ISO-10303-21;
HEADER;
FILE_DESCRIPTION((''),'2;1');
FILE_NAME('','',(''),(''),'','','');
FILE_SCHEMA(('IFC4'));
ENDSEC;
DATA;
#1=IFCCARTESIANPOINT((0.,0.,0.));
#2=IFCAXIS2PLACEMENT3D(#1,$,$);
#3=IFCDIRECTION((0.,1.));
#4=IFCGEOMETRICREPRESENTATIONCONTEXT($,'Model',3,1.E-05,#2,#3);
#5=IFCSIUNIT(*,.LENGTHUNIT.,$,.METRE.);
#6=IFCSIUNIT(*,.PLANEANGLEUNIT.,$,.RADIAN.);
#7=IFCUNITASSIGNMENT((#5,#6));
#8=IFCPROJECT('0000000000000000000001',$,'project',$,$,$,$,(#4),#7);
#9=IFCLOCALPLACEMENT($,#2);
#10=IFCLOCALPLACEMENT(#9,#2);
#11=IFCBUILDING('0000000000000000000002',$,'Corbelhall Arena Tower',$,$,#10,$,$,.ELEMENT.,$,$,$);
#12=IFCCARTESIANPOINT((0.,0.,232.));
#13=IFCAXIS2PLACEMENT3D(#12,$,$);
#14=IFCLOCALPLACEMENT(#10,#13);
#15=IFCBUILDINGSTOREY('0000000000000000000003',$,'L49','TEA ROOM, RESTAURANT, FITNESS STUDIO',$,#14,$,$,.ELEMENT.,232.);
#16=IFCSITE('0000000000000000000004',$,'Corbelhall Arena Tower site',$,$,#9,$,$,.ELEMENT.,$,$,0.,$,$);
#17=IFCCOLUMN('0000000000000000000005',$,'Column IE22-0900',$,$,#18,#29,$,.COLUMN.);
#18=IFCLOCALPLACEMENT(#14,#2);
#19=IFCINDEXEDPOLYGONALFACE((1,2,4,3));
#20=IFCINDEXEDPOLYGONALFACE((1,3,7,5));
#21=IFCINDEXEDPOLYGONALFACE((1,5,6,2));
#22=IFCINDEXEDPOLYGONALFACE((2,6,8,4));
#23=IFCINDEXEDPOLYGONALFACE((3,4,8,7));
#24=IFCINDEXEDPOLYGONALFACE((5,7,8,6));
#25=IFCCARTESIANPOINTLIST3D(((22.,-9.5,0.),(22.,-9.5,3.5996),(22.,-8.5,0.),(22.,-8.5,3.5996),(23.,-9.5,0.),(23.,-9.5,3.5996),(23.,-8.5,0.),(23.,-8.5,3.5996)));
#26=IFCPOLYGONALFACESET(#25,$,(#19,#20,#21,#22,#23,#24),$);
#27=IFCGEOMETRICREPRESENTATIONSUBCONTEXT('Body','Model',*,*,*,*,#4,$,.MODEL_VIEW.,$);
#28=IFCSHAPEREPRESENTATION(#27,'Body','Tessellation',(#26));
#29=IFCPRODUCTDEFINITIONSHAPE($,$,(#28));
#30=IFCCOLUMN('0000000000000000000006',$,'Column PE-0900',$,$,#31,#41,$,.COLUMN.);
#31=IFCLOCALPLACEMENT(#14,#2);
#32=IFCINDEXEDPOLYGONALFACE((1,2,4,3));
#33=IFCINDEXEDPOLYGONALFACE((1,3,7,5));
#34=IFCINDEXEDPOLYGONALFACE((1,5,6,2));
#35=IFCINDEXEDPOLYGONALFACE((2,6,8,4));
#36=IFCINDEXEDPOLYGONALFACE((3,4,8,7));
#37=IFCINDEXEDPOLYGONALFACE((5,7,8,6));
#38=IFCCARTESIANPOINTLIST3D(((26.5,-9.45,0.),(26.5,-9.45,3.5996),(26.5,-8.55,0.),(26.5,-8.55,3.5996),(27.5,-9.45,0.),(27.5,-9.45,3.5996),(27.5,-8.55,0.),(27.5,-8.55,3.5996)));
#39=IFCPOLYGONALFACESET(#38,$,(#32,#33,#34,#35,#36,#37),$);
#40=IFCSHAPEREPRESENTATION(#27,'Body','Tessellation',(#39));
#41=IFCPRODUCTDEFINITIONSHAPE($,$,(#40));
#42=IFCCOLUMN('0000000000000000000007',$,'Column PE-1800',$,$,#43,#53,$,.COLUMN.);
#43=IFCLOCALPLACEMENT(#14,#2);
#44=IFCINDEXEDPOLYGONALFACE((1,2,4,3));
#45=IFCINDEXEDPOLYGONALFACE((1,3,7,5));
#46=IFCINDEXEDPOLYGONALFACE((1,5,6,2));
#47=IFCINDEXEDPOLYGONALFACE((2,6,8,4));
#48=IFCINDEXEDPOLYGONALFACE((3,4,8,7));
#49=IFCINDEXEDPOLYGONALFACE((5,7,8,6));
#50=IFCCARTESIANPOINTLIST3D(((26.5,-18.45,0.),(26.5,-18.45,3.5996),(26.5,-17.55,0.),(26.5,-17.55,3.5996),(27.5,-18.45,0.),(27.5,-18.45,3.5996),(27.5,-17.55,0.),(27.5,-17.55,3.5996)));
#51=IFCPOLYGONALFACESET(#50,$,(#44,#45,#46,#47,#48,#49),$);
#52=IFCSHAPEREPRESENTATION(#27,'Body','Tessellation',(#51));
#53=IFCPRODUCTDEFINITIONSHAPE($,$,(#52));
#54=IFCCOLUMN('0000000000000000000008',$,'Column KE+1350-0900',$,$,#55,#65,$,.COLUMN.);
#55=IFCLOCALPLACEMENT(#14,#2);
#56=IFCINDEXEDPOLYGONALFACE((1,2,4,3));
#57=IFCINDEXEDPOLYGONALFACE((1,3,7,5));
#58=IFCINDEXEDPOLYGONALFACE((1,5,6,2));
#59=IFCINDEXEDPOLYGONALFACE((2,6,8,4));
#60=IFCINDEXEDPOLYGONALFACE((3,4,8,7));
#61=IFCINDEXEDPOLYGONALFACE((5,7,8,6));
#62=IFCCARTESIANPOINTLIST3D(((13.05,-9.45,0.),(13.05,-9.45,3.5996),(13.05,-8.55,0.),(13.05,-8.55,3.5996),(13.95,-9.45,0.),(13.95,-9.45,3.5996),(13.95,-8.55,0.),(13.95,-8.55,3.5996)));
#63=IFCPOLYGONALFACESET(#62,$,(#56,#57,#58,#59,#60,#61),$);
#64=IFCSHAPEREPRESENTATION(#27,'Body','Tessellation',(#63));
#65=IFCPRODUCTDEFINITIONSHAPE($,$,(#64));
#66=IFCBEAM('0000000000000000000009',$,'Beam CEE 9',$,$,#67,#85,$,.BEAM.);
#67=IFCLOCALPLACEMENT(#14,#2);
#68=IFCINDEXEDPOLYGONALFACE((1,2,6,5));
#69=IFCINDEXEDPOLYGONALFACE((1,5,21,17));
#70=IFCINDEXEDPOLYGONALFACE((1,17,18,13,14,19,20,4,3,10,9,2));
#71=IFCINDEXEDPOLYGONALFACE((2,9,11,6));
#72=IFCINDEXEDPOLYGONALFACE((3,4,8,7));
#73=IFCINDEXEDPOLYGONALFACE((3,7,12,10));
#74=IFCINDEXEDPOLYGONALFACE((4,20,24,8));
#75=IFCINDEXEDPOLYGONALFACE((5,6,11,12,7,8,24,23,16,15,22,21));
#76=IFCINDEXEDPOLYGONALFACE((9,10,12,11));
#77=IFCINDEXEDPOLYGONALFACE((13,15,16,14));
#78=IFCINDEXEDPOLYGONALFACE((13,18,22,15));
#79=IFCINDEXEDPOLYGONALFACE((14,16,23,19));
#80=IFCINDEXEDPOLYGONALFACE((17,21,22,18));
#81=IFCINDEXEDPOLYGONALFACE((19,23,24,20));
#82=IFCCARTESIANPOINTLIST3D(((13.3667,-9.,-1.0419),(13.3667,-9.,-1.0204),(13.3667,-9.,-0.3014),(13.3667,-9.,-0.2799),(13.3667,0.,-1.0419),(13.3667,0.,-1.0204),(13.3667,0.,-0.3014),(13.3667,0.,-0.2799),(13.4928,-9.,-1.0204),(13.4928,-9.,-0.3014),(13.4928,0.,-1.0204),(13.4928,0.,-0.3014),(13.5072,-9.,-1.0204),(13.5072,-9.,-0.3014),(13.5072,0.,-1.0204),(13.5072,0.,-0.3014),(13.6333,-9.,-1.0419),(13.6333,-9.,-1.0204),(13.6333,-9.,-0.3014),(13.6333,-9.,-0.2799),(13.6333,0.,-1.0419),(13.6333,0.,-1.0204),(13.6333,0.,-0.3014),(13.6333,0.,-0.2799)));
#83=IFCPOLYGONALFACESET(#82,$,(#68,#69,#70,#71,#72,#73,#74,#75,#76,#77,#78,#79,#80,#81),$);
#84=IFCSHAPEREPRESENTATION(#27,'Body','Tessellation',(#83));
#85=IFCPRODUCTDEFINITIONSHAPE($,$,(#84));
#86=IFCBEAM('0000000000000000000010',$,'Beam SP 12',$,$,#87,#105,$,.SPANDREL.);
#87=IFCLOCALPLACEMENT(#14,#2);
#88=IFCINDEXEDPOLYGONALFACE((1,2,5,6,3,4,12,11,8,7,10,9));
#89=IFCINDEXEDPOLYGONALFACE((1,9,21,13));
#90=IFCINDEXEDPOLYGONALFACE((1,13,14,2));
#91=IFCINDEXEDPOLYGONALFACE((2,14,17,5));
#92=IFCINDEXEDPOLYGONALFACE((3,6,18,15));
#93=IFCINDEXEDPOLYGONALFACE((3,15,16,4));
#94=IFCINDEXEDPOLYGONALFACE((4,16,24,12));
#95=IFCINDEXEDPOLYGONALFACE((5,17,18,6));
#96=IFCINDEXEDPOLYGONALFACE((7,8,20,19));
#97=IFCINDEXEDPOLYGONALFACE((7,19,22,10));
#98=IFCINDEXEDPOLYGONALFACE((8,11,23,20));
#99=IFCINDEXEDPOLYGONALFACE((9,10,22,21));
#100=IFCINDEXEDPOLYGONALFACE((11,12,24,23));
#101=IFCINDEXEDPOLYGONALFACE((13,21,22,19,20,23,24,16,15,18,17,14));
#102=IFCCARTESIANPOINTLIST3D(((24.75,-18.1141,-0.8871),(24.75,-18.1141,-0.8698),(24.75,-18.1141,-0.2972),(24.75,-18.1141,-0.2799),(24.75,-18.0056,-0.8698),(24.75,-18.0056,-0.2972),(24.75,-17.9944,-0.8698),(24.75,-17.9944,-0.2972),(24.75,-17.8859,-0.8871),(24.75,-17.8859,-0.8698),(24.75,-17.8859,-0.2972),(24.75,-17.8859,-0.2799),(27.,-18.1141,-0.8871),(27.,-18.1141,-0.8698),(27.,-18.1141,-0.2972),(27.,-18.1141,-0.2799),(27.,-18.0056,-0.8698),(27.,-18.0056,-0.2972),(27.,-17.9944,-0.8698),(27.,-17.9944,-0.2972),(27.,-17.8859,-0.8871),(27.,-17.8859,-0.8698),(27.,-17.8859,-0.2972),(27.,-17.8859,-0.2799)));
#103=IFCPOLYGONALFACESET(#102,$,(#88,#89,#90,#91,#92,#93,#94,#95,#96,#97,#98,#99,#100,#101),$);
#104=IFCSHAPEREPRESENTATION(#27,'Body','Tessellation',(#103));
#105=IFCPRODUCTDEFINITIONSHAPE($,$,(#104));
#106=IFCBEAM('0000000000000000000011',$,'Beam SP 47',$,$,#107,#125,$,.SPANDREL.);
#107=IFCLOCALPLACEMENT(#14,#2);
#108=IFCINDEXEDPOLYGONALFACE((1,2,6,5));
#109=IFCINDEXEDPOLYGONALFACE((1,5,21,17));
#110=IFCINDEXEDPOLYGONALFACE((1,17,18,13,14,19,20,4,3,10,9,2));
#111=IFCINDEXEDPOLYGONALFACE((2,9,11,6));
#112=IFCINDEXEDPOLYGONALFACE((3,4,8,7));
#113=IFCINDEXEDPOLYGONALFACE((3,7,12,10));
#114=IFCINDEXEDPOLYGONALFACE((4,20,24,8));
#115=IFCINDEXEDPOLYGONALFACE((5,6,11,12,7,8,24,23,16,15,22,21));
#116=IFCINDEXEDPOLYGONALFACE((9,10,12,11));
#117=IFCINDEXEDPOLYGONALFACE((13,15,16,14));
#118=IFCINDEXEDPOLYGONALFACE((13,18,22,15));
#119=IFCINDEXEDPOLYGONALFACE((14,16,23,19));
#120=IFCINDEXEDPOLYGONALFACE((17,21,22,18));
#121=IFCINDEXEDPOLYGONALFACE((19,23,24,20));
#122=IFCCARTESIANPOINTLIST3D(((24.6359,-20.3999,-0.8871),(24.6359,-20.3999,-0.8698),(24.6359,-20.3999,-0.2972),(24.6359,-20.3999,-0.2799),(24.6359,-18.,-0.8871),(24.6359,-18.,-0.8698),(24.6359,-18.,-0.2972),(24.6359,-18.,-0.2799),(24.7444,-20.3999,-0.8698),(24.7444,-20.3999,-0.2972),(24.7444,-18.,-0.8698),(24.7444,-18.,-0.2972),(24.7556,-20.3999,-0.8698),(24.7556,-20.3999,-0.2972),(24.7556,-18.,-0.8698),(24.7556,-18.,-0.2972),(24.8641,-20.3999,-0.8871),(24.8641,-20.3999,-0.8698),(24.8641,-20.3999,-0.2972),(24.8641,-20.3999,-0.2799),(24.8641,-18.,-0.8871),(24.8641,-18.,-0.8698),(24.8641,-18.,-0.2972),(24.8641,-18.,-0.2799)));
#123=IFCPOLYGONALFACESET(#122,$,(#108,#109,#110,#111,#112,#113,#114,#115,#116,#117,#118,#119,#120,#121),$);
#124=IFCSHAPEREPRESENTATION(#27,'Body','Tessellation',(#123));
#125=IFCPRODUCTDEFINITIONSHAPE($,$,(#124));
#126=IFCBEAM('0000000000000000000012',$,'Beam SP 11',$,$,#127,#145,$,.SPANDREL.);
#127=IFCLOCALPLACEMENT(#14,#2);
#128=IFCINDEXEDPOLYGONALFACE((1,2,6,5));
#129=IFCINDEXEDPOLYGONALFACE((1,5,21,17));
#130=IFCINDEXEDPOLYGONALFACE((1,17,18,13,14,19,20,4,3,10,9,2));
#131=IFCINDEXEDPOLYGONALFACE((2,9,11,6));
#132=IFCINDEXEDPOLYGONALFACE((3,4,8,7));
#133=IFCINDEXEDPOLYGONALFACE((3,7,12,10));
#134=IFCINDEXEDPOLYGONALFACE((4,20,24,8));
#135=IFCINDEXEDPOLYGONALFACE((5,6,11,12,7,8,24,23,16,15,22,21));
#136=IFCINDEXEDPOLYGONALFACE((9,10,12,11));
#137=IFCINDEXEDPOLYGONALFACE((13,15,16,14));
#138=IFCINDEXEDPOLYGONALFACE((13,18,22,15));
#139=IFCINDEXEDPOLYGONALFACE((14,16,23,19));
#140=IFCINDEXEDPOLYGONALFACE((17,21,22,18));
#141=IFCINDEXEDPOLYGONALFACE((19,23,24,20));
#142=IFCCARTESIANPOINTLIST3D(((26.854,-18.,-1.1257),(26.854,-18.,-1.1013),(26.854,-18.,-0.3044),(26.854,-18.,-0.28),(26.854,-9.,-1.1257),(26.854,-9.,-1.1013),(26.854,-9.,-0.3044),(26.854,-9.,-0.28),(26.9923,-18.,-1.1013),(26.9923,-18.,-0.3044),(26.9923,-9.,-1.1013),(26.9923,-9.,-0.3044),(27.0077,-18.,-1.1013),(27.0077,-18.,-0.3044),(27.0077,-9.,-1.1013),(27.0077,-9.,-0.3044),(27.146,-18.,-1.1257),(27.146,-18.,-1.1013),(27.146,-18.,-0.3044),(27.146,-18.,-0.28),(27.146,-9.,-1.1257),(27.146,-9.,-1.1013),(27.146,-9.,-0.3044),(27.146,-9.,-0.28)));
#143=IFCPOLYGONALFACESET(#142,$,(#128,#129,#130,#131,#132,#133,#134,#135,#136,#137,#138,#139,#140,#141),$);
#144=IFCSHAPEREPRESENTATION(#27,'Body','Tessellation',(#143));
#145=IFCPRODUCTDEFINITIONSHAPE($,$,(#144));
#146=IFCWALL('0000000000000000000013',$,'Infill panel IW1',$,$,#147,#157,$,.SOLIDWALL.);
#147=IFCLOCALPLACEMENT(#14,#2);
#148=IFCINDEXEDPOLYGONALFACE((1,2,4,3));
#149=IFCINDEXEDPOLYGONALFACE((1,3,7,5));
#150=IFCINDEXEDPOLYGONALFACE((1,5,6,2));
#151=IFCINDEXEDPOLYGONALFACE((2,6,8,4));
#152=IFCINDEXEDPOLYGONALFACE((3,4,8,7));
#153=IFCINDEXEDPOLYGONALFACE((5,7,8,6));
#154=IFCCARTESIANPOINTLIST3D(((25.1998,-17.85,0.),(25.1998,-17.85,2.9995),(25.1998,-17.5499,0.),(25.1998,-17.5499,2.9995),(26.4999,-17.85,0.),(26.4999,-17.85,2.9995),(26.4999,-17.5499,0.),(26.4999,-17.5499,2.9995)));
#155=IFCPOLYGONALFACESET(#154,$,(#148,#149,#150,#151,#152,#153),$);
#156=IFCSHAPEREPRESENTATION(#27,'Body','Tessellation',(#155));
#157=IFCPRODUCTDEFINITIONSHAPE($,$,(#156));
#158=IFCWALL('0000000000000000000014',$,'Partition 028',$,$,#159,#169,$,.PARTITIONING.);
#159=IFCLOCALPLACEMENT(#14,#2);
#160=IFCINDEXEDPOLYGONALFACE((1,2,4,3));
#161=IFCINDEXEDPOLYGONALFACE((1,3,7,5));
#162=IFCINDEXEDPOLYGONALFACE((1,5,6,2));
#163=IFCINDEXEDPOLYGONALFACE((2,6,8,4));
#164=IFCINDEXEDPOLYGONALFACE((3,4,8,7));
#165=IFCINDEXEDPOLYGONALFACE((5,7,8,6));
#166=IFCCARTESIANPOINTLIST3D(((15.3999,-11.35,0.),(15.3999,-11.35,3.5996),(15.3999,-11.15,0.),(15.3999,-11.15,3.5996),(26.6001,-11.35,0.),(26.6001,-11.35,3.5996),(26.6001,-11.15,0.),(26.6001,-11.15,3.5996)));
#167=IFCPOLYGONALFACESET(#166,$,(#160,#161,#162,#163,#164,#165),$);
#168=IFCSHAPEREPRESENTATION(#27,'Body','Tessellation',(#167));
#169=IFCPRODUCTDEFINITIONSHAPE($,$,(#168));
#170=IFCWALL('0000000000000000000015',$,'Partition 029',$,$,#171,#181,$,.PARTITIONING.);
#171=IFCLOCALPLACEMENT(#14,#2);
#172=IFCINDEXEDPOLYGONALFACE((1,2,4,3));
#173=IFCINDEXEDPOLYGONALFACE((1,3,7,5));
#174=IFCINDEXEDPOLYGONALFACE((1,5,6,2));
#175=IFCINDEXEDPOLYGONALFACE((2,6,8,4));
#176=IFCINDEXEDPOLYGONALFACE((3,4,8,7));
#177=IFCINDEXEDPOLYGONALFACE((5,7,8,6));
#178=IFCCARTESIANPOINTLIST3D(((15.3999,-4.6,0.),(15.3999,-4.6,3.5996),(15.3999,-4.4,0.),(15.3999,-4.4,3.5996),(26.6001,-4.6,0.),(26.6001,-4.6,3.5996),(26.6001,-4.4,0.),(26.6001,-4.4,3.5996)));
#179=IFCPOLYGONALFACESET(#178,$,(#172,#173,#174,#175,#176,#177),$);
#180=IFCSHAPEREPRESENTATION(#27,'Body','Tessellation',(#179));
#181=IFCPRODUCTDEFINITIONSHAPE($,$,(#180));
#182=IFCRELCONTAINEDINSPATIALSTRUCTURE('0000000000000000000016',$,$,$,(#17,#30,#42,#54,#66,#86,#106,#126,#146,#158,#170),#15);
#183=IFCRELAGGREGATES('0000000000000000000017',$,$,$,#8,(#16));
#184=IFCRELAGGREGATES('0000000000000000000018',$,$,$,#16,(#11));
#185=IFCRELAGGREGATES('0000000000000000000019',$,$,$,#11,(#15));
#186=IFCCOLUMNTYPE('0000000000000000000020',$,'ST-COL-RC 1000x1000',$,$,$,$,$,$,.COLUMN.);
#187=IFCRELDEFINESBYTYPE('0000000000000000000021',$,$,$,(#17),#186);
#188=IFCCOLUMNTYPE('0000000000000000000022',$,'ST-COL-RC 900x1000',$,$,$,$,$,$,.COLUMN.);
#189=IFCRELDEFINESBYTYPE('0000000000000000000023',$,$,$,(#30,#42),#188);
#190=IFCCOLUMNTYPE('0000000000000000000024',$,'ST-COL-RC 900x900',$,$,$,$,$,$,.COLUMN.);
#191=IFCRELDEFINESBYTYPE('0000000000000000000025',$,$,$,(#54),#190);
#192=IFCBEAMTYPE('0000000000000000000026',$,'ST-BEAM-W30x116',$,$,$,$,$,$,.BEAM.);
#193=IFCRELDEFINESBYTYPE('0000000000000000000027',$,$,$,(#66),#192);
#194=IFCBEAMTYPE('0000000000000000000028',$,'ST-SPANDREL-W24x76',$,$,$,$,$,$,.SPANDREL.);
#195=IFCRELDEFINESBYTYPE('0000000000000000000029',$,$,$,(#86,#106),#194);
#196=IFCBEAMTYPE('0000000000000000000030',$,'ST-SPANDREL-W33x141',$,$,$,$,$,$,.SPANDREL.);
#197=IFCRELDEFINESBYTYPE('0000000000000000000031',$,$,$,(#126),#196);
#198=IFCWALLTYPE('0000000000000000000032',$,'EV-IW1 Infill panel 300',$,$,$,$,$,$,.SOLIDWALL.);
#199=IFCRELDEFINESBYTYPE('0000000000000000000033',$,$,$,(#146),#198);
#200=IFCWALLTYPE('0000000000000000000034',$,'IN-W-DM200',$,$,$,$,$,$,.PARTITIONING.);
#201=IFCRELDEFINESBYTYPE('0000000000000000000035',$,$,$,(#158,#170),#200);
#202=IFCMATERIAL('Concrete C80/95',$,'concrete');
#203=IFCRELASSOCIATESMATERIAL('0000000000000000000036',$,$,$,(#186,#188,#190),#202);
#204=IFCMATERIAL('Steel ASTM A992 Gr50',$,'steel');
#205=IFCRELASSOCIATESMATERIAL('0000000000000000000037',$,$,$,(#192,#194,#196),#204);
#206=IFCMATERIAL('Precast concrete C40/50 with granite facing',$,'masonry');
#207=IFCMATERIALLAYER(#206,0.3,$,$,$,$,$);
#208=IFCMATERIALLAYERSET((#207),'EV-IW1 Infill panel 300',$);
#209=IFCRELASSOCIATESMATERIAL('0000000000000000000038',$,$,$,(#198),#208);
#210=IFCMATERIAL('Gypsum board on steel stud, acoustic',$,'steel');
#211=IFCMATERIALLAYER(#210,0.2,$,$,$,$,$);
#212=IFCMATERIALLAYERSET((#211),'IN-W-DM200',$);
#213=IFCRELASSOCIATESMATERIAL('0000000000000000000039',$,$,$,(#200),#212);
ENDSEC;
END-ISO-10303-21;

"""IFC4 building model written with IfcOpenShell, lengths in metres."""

from ifc_helpers import new_model, si_unit, direction, frame, frame_2d, origin, origin_2d, place, context, subcontext, project, spatial, rectangle, i_section, extrude, material, layer, layer_set, material_profile, profile_set, type_object, element, save


model = new_model("IFC4")

# Units and contexts
model_context = context("Model", 3, precision=1e-05, world=origin(), true_north=direction((0.0, 1.0)))
body_context = subcontext(model_context, "Body", "Model", "MODEL_VIEW")
ifc_project = project(units=[si_unit("LENGTHUNIT", "METRE"), si_unit("PLANEANGLEUNIT", "RADIAN")], contexts=[model_context])

# Site, building, storey
site_placement = place(None, origin())
site = spatial("IfcSite", under=ifc_project, at=site_placement, Name="Corbelhall Arena Tower site", CompositionType="ELEMENT", RefElevation=0.0)
building_placement = place(site_placement, origin())
building = spatial("IfcBuilding", under=site, at=building_placement, Name="Corbelhall Arena Tower", CompositionType="ELEMENT")
storey_placement = place(building_placement, frame((0.0, 0.0, 232.0)))
storey = spatial("IfcBuildingStorey", under=building, at=storey_placement, Name="L49", Description="TEA ROOM, RESTAURANT, FITNESS STUDIO", CompositionType="ELEMENT", Elevation=232.0)

# Columns
ifc_material_1 = material(Name="Concrete C80/95", Category="concrete")
ifc_material_profile_1 = material_profile(ifc_material_1, rectangle(XDim=1.0, YDim=1.0, at=origin_2d()))
ifc_profile_set_1 = profile_set([ifc_material_profile_1], Name="Concrete C80/95")
column_type_1 = type_object("IfcColumnType", Name="ST-COL-RC 1000x1000", PredefinedType="COLUMN", material=ifc_profile_set_1)
column_1_placement = place(storey_placement, frame((22.5, -9.0, 0.0), z_axis=(0.0, 0.0, 1.0), x_axis=(1.0, 0.0, 0.0)))
element("IfcColumn", 1, at=column_1_placement, inside=storey, type_object=column_type_1, Name="Column IE22-0900", PredefinedType="COLUMN", context=body_context, shape_type="SweptSolid", body=[
    extrude(rectangle(XDim=1.0, YDim=1.0, at=origin_2d()), origin(), (0.0, 0.0, 1.0), 3.5996),
])
ifc_material_profile_2 = material_profile(ifc_material_1, rectangle(XDim=0.8999, YDim=1.0, at=origin_2d()))
ifc_profile_set_2 = profile_set([ifc_material_profile_2], Name="Concrete C80/95")
column_type_2 = type_object("IfcColumnType", Name="ST-COL-RC 900x1000", PredefinedType="COLUMN", material=ifc_profile_set_2)
for number, where, z_axis, x_axis, name in (
    (2, (27.0, -9.0, 0.0), (0.0, 0.0, 1.0), (0.0, 1.0, 0.0), "Column PE-0900"),
    (3, (27.0, -18.0, 0.0), (0.0, 0.0, 1.0), (0.0, 1.0, 0.0), "Column PE-1800"),
):
    element("IfcColumn", number, at=place(storey_placement, frame(where, z_axis=z_axis, x_axis=x_axis)), inside=storey, type_object=column_type_2, Name=name, PredefinedType="COLUMN", context=body_context, shape_type="SweptSolid", body=[
        extrude(rectangle(XDim=0.8999, YDim=1.0, at=origin_2d()), origin(), (0.0, 0.0, 1.0), 3.5996),
    ])
ifc_material_profile_3 = material_profile(ifc_material_1, rectangle(XDim=0.8999, YDim=0.8999, at=origin_2d()))
ifc_profile_set_3 = profile_set([ifc_material_profile_3], Name="Concrete C80/95")
column_type_3 = type_object("IfcColumnType", Name="ST-COL-RC 900x900", PredefinedType="COLUMN", material=ifc_profile_set_3)
column_2_placement = place(storey_placement, frame((13.5, -9.0, 0.0), z_axis=(0.0, 0.0, 1.0), x_axis=(1.0, 0.0, 0.0)))
element("IfcColumn", 4, at=column_2_placement, inside=storey, type_object=column_type_3, Name="Column KE+1350-0900", PredefinedType="COLUMN", context=body_context, shape_type="SweptSolid", body=[
    extrude(rectangle(XDim=0.8999, YDim=0.8999, at=origin_2d()), origin(), (0.0, 0.0, 1.0), 3.5996),
])

# Beams
ifc_material_2 = material(Name="Steel ASTM A992 Gr50", Category="steel")
ifc_material_profile_4 = material_profile(ifc_material_2, i_section(OverallWidth=0.2666, OverallDepth=0.762, WebThickness=0.0144, FlangeThickness=0.0215, at=origin_2d()))
ifc_profile_set_4 = profile_set([ifc_material_profile_4], Name="Steel ASTM A992 Gr50")
beam_type_1 = type_object("IfcBeamType", Name="ST-BEAM-W30x116", PredefinedType="BEAM", material=ifc_profile_set_4)
beam_1_placement = place(storey_placement, frame((13.5, -9.0, -0.6609), z_axis=(0.0, 1.0, 0.0), x_axis=(-1.0, 0.0, 0.0)))
element("IfcBeam", 5, at=beam_1_placement, inside=storey, type_object=beam_type_1, Name="Beam CEE 9", PredefinedType="BEAM", context=body_context, shape_type="SweptSolid", body=[
    extrude(i_section(OverallWidth=0.2666, OverallDepth=0.762, WebThickness=0.0144, FlangeThickness=0.0215, at=origin_2d()), origin(), (0.0, 0.0, 1.0), 9.0),
])
ifc_material_profile_5 = material_profile(ifc_material_2, i_section(OverallWidth=0.2283, OverallDepth=0.6072, WebThickness=0.0112, FlangeThickness=0.0173, at=origin_2d()))
ifc_profile_set_5 = profile_set([ifc_material_profile_5], Name="Steel ASTM A992 Gr50")
beam_type_2 = type_object("IfcBeamType", Name="ST-SPANDREL-W24x76", PredefinedType="SPANDREL", material=ifc_profile_set_5)
beam_2_placement = place(storey_placement, frame((27.0, -18.0, -0.5835), z_axis=(-1.0, 0.0, 0.0), x_axis=(0.0, -1.0, 0.0)))
element("IfcBeam", 6, at=beam_2_placement, inside=storey, type_object=beam_type_2, Name="Beam SP 12", PredefinedType="SPANDREL", context=body_context, shape_type="SweptSolid", body=[
    extrude(i_section(OverallWidth=0.2283, OverallDepth=0.6072, WebThickness=0.0112, FlangeThickness=0.0173, at=origin_2d()), origin(), (0.0, 0.0, 1.0), 2.25),
])
beam_3_placement = place(storey_placement, frame((24.75, -18.0, -0.5835), z_axis=(0.0, -1.0, 0.0), x_axis=(1.0, 0.0, 0.0)))
element("IfcBeam", 7, at=beam_3_placement, inside=storey, type_object=beam_type_2, Name="Beam SP 47", PredefinedType="SPANDREL", context=body_context, shape_type="SweptSolid", body=[
    extrude(i_section(OverallWidth=0.2283, OverallDepth=0.6072, WebThickness=0.0112, FlangeThickness=0.0173, at=origin_2d()), origin(), (0.0, 0.0, 1.0), 2.3999),
])
ifc_material_profile_6 = material_profile(ifc_material_2, i_section(OverallWidth=0.292, OverallDepth=0.8457, WebThickness=0.0154, FlangeThickness=0.0244, at=origin_2d()))
ifc_profile_set_6 = profile_set([ifc_material_profile_6], Name="Steel ASTM A992 Gr50")
beam_type_3 = type_object("IfcBeamType", Name="ST-SPANDREL-W33x141", PredefinedType="SPANDREL", material=ifc_profile_set_6)
beam_4_placement = place(storey_placement, frame((27.0, -9.0, -0.7029), z_axis=(0.0, -1.0, 0.0), x_axis=(1.0, 0.0, 0.0)))
element("IfcBeam", 8, at=beam_4_placement, inside=storey, type_object=beam_type_3, Name="Beam SP 11", PredefinedType="SPANDREL", context=body_context, shape_type="SweptSolid", body=[
    extrude(i_section(OverallWidth=0.292, OverallDepth=0.8457, WebThickness=0.0154, FlangeThickness=0.0244, at=origin_2d()), origin(), (0.0, 0.0, 1.0), 9.0),
])

# Wall
ifc_material_3 = material(Name="Precast concrete C40/50 with granite facing", Category="masonry")
ifc_layer_1 = layer(ifc_material_3, 0.3)
ifc_layer_set_1 = layer_set([ifc_layer_1], Name="EV-IW1 Infill panel 300")
wall_type_1 = type_object("IfcWallType", Name="EV-IW1 Infill panel 300", PredefinedType="SOLIDWALL", material=ifc_layer_set_1)
wall_1_placement = place(storey_placement, frame((25.2, -17.7, 0.0), z_axis=(0.0, 0.0, 1.0), x_axis=(1.0, 0.0, 0.0)))
element("IfcWall", 9, at=wall_1_placement, inside=storey, type_object=wall_type_1, Name="Infill panel IW1", PredefinedType="SOLIDWALL", context=body_context, shape_type="SweptSolid", body=[
    extrude(rectangle(XDim=1.3, YDim=0.3, at=frame_2d((0.6499, 0.0))), origin(), (0.0, 0.0, 1.0), 2.9995),
])

# Walls
ifc_material_4 = material(Name="Gypsum board on steel stud, acoustic", Category="steel")
ifc_layer_2 = layer(ifc_material_4, 0.2)
ifc_layer_set_2 = layer_set([ifc_layer_2], Name="IN-W-DM200")
wall_type_2 = type_object("IfcWallType", Name="IN-W-DM200", PredefinedType="PARTITIONING", material=ifc_layer_set_2)
for number, where, z_axis, x_axis, name in (
    (10, (15.3999, -11.25, 0.0), (0.0, 0.0, 1.0), (1.0, 0.0, 0.0), "Partition 028"),
    (11, (15.3999, -4.5, 0.0), (0.0, 0.0, 1.0), (1.0, 0.0, 0.0), "Partition 029"),
):
    element("IfcWall", number, at=place(storey_placement, frame(where, z_axis=z_axis, x_axis=x_axis)), inside=storey, type_object=wall_type_2, Name=name, PredefinedType="PARTITIONING", context=body_context, shape_type="SweptSolid", body=[
        extrude(rectangle(XDim=11.2002, YDim=0.2, at=frame_2d((5.6001, 0.0))), origin(), (0.0, 0.0, 1.0), 3.5996),
    ])

save(model, "model.ifc")
